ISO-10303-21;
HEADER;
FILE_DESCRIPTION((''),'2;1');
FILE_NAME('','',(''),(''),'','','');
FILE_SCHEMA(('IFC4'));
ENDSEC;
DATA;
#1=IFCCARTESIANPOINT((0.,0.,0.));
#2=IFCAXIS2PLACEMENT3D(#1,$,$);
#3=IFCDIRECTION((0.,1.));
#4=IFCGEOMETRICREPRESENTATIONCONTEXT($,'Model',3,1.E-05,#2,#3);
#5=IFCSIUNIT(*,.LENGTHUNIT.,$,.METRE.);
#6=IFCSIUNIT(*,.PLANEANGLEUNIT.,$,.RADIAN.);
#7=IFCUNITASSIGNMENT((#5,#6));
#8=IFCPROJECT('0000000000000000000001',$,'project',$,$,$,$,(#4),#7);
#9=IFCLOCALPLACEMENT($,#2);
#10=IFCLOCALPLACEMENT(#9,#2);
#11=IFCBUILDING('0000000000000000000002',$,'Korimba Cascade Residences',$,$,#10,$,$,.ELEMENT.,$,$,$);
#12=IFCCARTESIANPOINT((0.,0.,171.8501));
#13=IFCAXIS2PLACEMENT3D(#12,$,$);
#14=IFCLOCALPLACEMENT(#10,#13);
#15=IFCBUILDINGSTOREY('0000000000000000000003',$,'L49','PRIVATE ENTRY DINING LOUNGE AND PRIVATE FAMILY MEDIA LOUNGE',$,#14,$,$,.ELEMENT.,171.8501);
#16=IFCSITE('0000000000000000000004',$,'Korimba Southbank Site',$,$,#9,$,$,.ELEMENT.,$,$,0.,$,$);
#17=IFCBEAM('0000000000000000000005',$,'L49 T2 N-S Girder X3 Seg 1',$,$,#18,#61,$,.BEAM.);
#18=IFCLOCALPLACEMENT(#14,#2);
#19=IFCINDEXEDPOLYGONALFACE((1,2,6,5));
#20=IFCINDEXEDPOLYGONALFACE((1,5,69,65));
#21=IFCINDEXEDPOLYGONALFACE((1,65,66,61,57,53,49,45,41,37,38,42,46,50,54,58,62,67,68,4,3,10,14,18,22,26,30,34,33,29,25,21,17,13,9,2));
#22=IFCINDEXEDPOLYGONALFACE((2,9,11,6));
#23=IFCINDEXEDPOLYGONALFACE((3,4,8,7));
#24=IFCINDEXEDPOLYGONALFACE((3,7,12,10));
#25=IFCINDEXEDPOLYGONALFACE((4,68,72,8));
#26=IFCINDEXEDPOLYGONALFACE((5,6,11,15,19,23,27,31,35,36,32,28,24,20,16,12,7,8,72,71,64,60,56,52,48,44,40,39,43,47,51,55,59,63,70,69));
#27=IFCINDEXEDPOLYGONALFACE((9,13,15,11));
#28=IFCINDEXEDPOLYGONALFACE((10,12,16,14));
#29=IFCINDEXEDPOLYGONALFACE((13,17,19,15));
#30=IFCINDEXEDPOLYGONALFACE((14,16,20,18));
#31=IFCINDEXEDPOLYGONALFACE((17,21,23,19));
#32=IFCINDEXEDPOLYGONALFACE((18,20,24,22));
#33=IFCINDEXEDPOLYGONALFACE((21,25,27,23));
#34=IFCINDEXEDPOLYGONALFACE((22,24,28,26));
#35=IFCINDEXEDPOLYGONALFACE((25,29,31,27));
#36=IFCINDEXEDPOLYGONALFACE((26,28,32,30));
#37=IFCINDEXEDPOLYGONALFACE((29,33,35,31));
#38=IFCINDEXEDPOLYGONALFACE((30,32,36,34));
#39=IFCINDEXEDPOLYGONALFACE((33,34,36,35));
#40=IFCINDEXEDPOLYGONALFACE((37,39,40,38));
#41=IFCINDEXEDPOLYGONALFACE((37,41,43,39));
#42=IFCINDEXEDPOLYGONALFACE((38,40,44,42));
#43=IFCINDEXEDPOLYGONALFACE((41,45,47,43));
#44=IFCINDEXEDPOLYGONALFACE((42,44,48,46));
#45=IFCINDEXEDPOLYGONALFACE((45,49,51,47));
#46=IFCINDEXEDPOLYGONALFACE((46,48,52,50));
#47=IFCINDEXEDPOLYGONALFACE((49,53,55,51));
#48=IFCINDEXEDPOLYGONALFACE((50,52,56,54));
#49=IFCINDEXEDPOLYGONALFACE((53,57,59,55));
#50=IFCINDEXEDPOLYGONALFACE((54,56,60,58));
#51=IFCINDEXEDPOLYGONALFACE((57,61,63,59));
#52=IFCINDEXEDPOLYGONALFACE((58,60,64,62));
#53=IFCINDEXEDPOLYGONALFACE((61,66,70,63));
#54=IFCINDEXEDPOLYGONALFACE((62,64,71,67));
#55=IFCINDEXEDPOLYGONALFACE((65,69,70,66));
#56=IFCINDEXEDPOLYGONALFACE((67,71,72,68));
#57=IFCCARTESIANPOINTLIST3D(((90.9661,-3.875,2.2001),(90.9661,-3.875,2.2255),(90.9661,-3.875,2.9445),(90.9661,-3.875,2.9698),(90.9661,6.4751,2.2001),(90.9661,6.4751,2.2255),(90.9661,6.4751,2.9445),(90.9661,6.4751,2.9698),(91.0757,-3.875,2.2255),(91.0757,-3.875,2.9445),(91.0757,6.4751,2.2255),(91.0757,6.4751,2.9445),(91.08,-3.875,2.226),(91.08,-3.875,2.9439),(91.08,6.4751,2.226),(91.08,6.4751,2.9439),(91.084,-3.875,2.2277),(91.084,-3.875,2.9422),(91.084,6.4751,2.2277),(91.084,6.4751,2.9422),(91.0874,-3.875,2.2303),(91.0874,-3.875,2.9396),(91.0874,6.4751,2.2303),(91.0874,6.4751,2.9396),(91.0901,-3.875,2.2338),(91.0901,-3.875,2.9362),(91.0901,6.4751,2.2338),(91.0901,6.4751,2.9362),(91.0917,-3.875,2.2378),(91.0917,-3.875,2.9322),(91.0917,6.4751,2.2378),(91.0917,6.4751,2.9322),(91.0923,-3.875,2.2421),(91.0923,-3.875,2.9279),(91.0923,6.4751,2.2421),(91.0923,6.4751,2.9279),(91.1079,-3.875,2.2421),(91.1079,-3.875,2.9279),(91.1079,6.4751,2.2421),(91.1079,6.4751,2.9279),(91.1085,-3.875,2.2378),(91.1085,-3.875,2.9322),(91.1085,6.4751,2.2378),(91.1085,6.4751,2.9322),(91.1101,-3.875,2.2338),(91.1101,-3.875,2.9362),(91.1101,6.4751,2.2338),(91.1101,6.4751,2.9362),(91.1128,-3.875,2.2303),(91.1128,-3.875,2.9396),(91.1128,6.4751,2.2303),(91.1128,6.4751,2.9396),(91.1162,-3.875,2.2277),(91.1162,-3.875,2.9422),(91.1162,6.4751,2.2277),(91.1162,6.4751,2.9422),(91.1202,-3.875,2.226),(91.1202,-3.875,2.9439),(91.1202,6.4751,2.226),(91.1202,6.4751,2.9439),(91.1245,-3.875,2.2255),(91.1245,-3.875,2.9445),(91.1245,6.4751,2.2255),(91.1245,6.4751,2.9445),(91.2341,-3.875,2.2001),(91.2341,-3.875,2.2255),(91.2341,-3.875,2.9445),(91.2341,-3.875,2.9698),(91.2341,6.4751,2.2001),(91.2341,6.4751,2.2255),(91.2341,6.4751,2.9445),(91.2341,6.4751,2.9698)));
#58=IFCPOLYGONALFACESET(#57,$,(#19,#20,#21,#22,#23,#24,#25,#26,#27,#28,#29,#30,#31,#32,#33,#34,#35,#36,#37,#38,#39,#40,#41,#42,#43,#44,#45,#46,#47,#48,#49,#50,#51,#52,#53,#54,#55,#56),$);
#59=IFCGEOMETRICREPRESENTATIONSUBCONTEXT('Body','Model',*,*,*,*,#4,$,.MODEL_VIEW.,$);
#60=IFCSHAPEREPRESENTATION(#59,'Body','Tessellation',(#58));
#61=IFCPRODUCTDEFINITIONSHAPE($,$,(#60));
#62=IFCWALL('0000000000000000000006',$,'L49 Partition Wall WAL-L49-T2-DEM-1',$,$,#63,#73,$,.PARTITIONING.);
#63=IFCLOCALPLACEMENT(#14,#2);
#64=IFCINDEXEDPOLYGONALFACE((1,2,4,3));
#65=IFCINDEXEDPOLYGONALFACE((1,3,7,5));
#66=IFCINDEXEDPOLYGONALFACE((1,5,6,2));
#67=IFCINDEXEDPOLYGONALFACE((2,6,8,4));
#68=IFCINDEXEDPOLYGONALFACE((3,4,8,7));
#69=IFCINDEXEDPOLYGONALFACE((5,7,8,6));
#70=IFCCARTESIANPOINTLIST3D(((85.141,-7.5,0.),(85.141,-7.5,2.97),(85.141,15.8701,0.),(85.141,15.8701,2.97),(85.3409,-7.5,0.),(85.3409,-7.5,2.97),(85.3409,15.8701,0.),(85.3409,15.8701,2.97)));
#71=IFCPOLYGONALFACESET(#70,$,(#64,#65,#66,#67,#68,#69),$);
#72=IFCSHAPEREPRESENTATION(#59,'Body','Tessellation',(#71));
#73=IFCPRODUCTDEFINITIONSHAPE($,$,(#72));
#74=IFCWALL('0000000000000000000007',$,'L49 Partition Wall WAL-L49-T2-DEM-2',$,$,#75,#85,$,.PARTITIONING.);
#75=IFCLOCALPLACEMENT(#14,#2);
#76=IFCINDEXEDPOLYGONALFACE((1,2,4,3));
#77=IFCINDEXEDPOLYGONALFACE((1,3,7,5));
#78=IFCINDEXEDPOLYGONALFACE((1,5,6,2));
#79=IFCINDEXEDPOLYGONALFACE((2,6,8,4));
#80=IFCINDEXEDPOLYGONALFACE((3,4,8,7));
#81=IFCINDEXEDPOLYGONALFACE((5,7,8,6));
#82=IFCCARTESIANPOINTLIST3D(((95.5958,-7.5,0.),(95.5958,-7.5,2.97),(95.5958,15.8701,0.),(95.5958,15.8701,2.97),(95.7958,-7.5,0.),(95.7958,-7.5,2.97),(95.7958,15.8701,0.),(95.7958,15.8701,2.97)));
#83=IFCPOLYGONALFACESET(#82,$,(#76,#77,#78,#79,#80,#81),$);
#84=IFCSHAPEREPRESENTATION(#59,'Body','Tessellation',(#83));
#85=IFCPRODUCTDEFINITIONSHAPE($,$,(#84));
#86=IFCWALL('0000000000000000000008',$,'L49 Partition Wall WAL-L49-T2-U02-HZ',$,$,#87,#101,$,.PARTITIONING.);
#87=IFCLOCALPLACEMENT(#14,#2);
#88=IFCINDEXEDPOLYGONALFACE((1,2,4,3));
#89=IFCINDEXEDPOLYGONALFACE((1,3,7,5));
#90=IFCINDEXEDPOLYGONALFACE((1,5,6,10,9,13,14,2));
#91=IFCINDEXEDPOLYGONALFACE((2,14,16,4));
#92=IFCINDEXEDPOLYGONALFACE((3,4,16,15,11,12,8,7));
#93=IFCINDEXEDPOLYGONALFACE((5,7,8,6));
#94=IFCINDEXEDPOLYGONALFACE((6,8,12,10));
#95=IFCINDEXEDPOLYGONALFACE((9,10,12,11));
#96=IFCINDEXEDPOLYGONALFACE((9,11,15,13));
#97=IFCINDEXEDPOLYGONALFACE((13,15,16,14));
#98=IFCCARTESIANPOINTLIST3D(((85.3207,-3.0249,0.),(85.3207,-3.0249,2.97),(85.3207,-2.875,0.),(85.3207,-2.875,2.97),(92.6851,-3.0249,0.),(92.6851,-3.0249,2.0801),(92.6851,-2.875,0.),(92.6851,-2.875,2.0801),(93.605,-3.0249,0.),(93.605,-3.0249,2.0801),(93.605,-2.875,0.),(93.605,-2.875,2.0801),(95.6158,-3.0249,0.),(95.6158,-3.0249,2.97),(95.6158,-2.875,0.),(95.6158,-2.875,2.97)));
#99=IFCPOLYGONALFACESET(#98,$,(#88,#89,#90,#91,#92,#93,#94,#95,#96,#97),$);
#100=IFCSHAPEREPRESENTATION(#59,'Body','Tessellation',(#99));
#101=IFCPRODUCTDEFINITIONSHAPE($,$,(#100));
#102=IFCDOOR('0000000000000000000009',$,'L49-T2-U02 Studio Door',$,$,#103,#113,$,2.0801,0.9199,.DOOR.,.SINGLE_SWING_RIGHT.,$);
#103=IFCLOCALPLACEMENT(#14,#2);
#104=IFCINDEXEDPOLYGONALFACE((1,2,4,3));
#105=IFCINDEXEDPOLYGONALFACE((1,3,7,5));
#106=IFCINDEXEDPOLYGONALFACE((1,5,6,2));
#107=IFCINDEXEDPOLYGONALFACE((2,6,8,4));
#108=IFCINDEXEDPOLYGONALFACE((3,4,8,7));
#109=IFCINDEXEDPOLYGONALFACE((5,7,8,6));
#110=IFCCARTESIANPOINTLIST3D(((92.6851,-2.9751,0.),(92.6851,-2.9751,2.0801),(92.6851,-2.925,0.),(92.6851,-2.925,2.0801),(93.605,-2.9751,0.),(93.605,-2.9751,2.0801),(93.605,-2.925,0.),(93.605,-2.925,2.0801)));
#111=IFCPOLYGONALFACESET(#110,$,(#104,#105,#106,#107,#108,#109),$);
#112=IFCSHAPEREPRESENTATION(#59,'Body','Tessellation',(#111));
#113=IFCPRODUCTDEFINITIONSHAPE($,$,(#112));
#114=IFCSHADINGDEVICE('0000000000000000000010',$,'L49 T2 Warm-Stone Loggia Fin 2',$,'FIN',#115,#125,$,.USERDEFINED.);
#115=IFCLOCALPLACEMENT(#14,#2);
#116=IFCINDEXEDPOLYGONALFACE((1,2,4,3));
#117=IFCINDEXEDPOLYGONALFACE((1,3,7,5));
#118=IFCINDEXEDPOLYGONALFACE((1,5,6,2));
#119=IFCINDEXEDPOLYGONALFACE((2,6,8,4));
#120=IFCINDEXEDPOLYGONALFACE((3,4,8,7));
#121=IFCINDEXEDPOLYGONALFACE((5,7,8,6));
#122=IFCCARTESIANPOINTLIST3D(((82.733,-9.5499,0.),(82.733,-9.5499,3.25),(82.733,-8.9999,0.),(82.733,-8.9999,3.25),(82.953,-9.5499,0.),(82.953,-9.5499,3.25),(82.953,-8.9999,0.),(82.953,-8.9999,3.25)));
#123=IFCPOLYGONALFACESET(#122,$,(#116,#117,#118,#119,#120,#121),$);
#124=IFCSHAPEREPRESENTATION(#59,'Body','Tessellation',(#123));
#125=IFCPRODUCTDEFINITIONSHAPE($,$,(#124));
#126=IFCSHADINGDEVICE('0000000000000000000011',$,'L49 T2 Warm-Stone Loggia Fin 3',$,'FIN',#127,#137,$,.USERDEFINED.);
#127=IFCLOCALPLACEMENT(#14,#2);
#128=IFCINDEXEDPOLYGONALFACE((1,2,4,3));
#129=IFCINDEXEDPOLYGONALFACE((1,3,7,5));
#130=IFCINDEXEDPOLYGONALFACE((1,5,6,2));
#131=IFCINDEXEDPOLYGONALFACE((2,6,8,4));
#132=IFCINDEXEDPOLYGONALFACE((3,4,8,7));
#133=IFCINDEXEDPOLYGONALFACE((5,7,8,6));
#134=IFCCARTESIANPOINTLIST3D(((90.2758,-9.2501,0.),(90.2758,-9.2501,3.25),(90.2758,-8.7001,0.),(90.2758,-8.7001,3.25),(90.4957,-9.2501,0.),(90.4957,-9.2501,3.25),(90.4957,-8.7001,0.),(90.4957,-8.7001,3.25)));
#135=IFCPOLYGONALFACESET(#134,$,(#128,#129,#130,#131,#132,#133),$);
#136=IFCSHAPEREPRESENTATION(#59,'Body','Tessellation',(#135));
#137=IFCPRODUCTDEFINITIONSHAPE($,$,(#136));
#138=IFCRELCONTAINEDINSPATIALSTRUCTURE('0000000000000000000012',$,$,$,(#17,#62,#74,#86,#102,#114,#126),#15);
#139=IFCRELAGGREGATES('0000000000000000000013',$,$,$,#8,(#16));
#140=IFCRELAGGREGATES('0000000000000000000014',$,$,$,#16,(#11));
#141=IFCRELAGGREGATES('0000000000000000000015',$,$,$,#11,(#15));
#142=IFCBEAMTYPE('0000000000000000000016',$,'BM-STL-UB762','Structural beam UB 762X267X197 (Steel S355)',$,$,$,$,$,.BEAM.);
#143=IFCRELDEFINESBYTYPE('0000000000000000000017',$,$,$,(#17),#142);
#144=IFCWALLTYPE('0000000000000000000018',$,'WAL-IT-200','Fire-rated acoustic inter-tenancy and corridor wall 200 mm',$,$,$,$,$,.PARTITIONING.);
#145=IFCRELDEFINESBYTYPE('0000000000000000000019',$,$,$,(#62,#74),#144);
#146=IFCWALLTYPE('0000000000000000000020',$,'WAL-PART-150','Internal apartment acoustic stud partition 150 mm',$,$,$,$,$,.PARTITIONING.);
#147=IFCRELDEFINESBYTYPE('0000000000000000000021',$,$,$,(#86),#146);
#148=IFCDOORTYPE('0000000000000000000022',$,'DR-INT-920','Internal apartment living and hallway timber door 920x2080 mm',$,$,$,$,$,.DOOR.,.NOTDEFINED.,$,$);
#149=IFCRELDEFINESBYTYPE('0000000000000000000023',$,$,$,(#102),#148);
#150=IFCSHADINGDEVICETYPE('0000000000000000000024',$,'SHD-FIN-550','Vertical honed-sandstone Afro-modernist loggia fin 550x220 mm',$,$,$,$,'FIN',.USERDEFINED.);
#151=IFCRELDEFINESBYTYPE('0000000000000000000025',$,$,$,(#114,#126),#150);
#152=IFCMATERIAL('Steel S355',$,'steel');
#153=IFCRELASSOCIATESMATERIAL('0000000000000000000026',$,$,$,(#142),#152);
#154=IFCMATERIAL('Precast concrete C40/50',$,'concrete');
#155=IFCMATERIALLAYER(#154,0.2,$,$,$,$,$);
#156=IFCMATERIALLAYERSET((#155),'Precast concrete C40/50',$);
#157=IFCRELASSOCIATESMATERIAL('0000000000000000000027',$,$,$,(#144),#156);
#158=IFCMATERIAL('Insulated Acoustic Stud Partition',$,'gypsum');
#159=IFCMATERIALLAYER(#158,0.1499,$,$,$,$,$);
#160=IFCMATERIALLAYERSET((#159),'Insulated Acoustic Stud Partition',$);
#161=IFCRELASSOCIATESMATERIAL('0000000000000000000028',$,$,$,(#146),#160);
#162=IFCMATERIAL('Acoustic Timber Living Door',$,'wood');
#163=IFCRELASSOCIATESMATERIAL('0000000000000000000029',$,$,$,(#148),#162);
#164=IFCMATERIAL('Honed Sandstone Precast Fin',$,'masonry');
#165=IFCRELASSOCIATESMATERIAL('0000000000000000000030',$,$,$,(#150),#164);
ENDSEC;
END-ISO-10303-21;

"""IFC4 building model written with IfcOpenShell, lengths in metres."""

from ifc_helpers import new_model, si_unit, direction, frame, frame_2d, origin, origin_2d, place, context, subcontext, project, spatial, rectangle, i_section, extrude, material, layer, layer_set, material_profile, profile_set, type_object, element, fill, save


model = new_model("IFC4")

# Units and contexts
model_context = context("Model", 3, precision=1e-05, world=origin(), true_north=direction((0.0, 1.0)))
body_context = subcontext(model_context, "Body", "Model", "MODEL_VIEW")
ifc_project = project(units=[si_unit("LENGTHUNIT", "METRE"), si_unit("PLANEANGLEUNIT", "RADIAN")], contexts=[model_context])

# Site, building, storey
site_placement = place(None, origin())
site = spatial("IfcSite", under=ifc_project, at=site_placement, Name="Korimba Southbank Site", CompositionType="ELEMENT", RefElevation=0.0)
building_placement = place(site_placement, origin())
building = spatial("IfcBuilding", under=site, at=building_placement, Name="Korimba Cascade Residences", CompositionType="ELEMENT")
storey_placement = place(building_placement, frame((0.0, 0.0, 171.8501)))
storey = spatial("IfcBuildingStorey", under=building, at=storey_placement, Name="L49", Description="PRIVATE ENTRY DINING LOUNGE AND PRIVATE FAMILY MEDIA LOUNGE", CompositionType="ELEMENT", Elevation=171.8501)

# Beam
ifc_material_1 = material(Name="Steel S355", Category="steel")
ifc_material_profile_1 = material_profile(ifc_material_1, i_section(OverallWidth=0.2681, OverallDepth=0.7698, WebThickness=0.0156, FlangeThickness=0.0254, FilletRadius=0.0166, at=origin_2d()), Name="Steel S355")
ifc_profile_set_1 = profile_set([ifc_material_profile_1], Name="Steel S355")
beam_type_1 = type_object("IfcBeamType", Name="BM-STL-UB762", Description="Structural beam UB 762X267X197 (Steel S355)", PredefinedType="BEAM", material=ifc_profile_set_1)
for number, where, z_axis, x_axis, name in (
    (1, (91.1001, -3.875, 2.585), (0.0, 1.0, 0.0), (-1.0, 0.0, 0.0), "L49 T2 N-S Girder X3 Seg 1"),
):
    element("IfcBeam", number, at=place(storey_placement, frame(where, z_axis=z_axis, x_axis=x_axis)), inside=storey, type_object=beam_type_1, Name=name, PredefinedType="BEAM", context=body_context, shape_type="SweptSolid", body=[
        extrude(i_section(OverallWidth=0.2681, OverallDepth=0.7698, WebThickness=0.0156, FlangeThickness=0.0254, FilletRadius=0.0166, at=origin_2d()), origin(), (0.0, 0.0, 1.0), 10.3501),
    ])

# Walls
ifc_material_2 = material(Name="Precast concrete C40/50", Category="concrete")
ifc_layer_1 = layer(ifc_material_2, 0.2)
ifc_layer_set_1 = layer_set([ifc_layer_1], Name="Precast concrete C40/50")
wall_type_1 = type_object("IfcWallType", Name="WAL-IT-200", Description="Fire-rated acoustic inter-tenancy and corridor wall 200 mm", PredefinedType="PARTITIONING", material=ifc_layer_set_1)
for number, where, z_axis, x_axis, name in (
    (2, (85.241, -7.5, 0.0), (0.0, 0.0, 1.0), (0.0, 1.0, 0.0), "L49 Partition Wall WAL-L49-T2-DEM-1"),
    (3, (95.6958, -7.5, 0.0), (0.0, 0.0, 1.0), (0.0, 1.0, 0.0), "L49 Partition Wall WAL-L49-T2-DEM-2"),
):
    element("IfcWall", number, at=place(storey_placement, frame(where, z_axis=z_axis, x_axis=x_axis)), inside=storey, type_object=wall_type_1, Name=name, PredefinedType="PARTITIONING", context=body_context, shape_type="SweptSolid", body=[
        extrude(rectangle(XDim=23.3701, YDim=0.2, at=frame_2d((11.6851, 0.0))), origin(), (0.0, 0.0, 1.0), 2.97),
    ])

# Wall, opening, door
ifc_material_3 = material(Name="Insulated Acoustic Stud Partition", Category="gypsum")
ifc_layer_2 = layer(ifc_material_3, 0.1499)
ifc_layer_set_2 = layer_set([ifc_layer_2], Name="Insulated Acoustic Stud Partition")
wall_type_2 = type_object("IfcWallType", Name="WAL-PART-150", Description="Internal apartment acoustic stud partition 150 mm", PredefinedType="PARTITIONING", material=ifc_layer_set_2)
wall_placement = place(storey_placement, frame((85.3208, -2.95, 0.0), z_axis=(0.0, 0.0, 1.0), x_axis=(1.0, 0.0, 0.0)))
wall = element("IfcWall", 4, at=wall_placement, inside=storey, type_object=wall_type_2, Name="L49 Partition Wall WAL-L49-T2-U02-HZ", PredefinedType="PARTITIONING", context=body_context, shape_type="SweptSolid", body=[
    extrude(rectangle(XDim=10.2952, YDim=0.1499, at=frame_2d((5.1475, 0.0))), origin(), (0.0, 0.0, 1.0), 2.97),
])
opening_placement = place(wall_placement, frame((7.3643, 0.0, 0.0)))
opening = element("IfcOpeningElement", 5, at=opening_placement, cuts=wall, PredefinedType="OPENING", context=body_context, shape_type="SweptSolid", body=[
    extrude(rectangle(XDim=0.9199, YDim=2.0801, at=frame_2d((0.46, 1.04))), frame((0.0, 0.085, 0.0), z_axis=(0.0, -1.0, 0.0), x_axis=(1.0, 0.0, 0.0)), (0.0, 0.0, 1.0), 0.1699),
])
ifc_material_4 = material(Name="Acoustic Timber Living Door", Category="wood")
door_type = type_object("IfcDoorType", Name="DR-INT-920", Description="Internal apartment living and hallway timber door 920x2080 mm", OperationType="NOTDEFINED", PredefinedType="DOOR", material=ifc_material_4)
door_placement = place(opening_placement, origin())
door = element("IfcDoor", 6, at=door_placement, inside=storey, type_object=door_type, Name="L49-T2-U02 Studio Door", OperationType="SINGLE_SWING_RIGHT", OverallHeight=2.0801, OverallWidth=0.9199, PredefinedType="DOOR", context=body_context, shape_type="SweptSolid", body=[
    extrude(rectangle(XDim=0.9199, YDim=2.0801, at=frame_2d((0.46, 1.04))), frame((0.0, 0.0249, 0.0), z_axis=(0.0, -1.0, 0.0), x_axis=(1.0, 0.0, 0.0)), (0.0, 0.0, 1.0), 0.05),
])
fill(opening, door)

# Shading devices
ifc_material_5 = material(Name="Honed Sandstone Precast Fin", Category="masonry")
shading_device_type = type_object("IfcShadingDeviceType", Name="SHD-FIN-550", Description="Vertical honed-sandstone Afro-modernist loggia fin 550x220 mm", ElementType="FIN", PredefinedType="USERDEFINED", material=ifc_material_5)
for number, where, z_axis, x_axis, name in (
    (7, (82.843, -9.2749, 0.0), (0.0, 0.0, 1.0), (1.0, 0.0, 0.0), "L49 T2 Warm-Stone Loggia Fin 2"),
    (8, (90.3857, -8.9751, 0.0), (0.0, 0.0, 1.0), (1.0, 0.0, 0.0), "L49 T2 Warm-Stone Loggia Fin 3"),
):
    element("IfcShadingDevice", number, at=place(storey_placement, frame(where, z_axis=z_axis, x_axis=x_axis)), inside=storey, type_object=shading_device_type, Name=name, ObjectType="FIN", PredefinedType="USERDEFINED", context=body_context, shape_type="SweptSolid", body=[
        extrude(rectangle(XDim=0.22, YDim=0.55, at=origin_2d()), origin(), (0.0, 0.0, 1.0), 3.25),
    ])

save(model, "model.ifc")
